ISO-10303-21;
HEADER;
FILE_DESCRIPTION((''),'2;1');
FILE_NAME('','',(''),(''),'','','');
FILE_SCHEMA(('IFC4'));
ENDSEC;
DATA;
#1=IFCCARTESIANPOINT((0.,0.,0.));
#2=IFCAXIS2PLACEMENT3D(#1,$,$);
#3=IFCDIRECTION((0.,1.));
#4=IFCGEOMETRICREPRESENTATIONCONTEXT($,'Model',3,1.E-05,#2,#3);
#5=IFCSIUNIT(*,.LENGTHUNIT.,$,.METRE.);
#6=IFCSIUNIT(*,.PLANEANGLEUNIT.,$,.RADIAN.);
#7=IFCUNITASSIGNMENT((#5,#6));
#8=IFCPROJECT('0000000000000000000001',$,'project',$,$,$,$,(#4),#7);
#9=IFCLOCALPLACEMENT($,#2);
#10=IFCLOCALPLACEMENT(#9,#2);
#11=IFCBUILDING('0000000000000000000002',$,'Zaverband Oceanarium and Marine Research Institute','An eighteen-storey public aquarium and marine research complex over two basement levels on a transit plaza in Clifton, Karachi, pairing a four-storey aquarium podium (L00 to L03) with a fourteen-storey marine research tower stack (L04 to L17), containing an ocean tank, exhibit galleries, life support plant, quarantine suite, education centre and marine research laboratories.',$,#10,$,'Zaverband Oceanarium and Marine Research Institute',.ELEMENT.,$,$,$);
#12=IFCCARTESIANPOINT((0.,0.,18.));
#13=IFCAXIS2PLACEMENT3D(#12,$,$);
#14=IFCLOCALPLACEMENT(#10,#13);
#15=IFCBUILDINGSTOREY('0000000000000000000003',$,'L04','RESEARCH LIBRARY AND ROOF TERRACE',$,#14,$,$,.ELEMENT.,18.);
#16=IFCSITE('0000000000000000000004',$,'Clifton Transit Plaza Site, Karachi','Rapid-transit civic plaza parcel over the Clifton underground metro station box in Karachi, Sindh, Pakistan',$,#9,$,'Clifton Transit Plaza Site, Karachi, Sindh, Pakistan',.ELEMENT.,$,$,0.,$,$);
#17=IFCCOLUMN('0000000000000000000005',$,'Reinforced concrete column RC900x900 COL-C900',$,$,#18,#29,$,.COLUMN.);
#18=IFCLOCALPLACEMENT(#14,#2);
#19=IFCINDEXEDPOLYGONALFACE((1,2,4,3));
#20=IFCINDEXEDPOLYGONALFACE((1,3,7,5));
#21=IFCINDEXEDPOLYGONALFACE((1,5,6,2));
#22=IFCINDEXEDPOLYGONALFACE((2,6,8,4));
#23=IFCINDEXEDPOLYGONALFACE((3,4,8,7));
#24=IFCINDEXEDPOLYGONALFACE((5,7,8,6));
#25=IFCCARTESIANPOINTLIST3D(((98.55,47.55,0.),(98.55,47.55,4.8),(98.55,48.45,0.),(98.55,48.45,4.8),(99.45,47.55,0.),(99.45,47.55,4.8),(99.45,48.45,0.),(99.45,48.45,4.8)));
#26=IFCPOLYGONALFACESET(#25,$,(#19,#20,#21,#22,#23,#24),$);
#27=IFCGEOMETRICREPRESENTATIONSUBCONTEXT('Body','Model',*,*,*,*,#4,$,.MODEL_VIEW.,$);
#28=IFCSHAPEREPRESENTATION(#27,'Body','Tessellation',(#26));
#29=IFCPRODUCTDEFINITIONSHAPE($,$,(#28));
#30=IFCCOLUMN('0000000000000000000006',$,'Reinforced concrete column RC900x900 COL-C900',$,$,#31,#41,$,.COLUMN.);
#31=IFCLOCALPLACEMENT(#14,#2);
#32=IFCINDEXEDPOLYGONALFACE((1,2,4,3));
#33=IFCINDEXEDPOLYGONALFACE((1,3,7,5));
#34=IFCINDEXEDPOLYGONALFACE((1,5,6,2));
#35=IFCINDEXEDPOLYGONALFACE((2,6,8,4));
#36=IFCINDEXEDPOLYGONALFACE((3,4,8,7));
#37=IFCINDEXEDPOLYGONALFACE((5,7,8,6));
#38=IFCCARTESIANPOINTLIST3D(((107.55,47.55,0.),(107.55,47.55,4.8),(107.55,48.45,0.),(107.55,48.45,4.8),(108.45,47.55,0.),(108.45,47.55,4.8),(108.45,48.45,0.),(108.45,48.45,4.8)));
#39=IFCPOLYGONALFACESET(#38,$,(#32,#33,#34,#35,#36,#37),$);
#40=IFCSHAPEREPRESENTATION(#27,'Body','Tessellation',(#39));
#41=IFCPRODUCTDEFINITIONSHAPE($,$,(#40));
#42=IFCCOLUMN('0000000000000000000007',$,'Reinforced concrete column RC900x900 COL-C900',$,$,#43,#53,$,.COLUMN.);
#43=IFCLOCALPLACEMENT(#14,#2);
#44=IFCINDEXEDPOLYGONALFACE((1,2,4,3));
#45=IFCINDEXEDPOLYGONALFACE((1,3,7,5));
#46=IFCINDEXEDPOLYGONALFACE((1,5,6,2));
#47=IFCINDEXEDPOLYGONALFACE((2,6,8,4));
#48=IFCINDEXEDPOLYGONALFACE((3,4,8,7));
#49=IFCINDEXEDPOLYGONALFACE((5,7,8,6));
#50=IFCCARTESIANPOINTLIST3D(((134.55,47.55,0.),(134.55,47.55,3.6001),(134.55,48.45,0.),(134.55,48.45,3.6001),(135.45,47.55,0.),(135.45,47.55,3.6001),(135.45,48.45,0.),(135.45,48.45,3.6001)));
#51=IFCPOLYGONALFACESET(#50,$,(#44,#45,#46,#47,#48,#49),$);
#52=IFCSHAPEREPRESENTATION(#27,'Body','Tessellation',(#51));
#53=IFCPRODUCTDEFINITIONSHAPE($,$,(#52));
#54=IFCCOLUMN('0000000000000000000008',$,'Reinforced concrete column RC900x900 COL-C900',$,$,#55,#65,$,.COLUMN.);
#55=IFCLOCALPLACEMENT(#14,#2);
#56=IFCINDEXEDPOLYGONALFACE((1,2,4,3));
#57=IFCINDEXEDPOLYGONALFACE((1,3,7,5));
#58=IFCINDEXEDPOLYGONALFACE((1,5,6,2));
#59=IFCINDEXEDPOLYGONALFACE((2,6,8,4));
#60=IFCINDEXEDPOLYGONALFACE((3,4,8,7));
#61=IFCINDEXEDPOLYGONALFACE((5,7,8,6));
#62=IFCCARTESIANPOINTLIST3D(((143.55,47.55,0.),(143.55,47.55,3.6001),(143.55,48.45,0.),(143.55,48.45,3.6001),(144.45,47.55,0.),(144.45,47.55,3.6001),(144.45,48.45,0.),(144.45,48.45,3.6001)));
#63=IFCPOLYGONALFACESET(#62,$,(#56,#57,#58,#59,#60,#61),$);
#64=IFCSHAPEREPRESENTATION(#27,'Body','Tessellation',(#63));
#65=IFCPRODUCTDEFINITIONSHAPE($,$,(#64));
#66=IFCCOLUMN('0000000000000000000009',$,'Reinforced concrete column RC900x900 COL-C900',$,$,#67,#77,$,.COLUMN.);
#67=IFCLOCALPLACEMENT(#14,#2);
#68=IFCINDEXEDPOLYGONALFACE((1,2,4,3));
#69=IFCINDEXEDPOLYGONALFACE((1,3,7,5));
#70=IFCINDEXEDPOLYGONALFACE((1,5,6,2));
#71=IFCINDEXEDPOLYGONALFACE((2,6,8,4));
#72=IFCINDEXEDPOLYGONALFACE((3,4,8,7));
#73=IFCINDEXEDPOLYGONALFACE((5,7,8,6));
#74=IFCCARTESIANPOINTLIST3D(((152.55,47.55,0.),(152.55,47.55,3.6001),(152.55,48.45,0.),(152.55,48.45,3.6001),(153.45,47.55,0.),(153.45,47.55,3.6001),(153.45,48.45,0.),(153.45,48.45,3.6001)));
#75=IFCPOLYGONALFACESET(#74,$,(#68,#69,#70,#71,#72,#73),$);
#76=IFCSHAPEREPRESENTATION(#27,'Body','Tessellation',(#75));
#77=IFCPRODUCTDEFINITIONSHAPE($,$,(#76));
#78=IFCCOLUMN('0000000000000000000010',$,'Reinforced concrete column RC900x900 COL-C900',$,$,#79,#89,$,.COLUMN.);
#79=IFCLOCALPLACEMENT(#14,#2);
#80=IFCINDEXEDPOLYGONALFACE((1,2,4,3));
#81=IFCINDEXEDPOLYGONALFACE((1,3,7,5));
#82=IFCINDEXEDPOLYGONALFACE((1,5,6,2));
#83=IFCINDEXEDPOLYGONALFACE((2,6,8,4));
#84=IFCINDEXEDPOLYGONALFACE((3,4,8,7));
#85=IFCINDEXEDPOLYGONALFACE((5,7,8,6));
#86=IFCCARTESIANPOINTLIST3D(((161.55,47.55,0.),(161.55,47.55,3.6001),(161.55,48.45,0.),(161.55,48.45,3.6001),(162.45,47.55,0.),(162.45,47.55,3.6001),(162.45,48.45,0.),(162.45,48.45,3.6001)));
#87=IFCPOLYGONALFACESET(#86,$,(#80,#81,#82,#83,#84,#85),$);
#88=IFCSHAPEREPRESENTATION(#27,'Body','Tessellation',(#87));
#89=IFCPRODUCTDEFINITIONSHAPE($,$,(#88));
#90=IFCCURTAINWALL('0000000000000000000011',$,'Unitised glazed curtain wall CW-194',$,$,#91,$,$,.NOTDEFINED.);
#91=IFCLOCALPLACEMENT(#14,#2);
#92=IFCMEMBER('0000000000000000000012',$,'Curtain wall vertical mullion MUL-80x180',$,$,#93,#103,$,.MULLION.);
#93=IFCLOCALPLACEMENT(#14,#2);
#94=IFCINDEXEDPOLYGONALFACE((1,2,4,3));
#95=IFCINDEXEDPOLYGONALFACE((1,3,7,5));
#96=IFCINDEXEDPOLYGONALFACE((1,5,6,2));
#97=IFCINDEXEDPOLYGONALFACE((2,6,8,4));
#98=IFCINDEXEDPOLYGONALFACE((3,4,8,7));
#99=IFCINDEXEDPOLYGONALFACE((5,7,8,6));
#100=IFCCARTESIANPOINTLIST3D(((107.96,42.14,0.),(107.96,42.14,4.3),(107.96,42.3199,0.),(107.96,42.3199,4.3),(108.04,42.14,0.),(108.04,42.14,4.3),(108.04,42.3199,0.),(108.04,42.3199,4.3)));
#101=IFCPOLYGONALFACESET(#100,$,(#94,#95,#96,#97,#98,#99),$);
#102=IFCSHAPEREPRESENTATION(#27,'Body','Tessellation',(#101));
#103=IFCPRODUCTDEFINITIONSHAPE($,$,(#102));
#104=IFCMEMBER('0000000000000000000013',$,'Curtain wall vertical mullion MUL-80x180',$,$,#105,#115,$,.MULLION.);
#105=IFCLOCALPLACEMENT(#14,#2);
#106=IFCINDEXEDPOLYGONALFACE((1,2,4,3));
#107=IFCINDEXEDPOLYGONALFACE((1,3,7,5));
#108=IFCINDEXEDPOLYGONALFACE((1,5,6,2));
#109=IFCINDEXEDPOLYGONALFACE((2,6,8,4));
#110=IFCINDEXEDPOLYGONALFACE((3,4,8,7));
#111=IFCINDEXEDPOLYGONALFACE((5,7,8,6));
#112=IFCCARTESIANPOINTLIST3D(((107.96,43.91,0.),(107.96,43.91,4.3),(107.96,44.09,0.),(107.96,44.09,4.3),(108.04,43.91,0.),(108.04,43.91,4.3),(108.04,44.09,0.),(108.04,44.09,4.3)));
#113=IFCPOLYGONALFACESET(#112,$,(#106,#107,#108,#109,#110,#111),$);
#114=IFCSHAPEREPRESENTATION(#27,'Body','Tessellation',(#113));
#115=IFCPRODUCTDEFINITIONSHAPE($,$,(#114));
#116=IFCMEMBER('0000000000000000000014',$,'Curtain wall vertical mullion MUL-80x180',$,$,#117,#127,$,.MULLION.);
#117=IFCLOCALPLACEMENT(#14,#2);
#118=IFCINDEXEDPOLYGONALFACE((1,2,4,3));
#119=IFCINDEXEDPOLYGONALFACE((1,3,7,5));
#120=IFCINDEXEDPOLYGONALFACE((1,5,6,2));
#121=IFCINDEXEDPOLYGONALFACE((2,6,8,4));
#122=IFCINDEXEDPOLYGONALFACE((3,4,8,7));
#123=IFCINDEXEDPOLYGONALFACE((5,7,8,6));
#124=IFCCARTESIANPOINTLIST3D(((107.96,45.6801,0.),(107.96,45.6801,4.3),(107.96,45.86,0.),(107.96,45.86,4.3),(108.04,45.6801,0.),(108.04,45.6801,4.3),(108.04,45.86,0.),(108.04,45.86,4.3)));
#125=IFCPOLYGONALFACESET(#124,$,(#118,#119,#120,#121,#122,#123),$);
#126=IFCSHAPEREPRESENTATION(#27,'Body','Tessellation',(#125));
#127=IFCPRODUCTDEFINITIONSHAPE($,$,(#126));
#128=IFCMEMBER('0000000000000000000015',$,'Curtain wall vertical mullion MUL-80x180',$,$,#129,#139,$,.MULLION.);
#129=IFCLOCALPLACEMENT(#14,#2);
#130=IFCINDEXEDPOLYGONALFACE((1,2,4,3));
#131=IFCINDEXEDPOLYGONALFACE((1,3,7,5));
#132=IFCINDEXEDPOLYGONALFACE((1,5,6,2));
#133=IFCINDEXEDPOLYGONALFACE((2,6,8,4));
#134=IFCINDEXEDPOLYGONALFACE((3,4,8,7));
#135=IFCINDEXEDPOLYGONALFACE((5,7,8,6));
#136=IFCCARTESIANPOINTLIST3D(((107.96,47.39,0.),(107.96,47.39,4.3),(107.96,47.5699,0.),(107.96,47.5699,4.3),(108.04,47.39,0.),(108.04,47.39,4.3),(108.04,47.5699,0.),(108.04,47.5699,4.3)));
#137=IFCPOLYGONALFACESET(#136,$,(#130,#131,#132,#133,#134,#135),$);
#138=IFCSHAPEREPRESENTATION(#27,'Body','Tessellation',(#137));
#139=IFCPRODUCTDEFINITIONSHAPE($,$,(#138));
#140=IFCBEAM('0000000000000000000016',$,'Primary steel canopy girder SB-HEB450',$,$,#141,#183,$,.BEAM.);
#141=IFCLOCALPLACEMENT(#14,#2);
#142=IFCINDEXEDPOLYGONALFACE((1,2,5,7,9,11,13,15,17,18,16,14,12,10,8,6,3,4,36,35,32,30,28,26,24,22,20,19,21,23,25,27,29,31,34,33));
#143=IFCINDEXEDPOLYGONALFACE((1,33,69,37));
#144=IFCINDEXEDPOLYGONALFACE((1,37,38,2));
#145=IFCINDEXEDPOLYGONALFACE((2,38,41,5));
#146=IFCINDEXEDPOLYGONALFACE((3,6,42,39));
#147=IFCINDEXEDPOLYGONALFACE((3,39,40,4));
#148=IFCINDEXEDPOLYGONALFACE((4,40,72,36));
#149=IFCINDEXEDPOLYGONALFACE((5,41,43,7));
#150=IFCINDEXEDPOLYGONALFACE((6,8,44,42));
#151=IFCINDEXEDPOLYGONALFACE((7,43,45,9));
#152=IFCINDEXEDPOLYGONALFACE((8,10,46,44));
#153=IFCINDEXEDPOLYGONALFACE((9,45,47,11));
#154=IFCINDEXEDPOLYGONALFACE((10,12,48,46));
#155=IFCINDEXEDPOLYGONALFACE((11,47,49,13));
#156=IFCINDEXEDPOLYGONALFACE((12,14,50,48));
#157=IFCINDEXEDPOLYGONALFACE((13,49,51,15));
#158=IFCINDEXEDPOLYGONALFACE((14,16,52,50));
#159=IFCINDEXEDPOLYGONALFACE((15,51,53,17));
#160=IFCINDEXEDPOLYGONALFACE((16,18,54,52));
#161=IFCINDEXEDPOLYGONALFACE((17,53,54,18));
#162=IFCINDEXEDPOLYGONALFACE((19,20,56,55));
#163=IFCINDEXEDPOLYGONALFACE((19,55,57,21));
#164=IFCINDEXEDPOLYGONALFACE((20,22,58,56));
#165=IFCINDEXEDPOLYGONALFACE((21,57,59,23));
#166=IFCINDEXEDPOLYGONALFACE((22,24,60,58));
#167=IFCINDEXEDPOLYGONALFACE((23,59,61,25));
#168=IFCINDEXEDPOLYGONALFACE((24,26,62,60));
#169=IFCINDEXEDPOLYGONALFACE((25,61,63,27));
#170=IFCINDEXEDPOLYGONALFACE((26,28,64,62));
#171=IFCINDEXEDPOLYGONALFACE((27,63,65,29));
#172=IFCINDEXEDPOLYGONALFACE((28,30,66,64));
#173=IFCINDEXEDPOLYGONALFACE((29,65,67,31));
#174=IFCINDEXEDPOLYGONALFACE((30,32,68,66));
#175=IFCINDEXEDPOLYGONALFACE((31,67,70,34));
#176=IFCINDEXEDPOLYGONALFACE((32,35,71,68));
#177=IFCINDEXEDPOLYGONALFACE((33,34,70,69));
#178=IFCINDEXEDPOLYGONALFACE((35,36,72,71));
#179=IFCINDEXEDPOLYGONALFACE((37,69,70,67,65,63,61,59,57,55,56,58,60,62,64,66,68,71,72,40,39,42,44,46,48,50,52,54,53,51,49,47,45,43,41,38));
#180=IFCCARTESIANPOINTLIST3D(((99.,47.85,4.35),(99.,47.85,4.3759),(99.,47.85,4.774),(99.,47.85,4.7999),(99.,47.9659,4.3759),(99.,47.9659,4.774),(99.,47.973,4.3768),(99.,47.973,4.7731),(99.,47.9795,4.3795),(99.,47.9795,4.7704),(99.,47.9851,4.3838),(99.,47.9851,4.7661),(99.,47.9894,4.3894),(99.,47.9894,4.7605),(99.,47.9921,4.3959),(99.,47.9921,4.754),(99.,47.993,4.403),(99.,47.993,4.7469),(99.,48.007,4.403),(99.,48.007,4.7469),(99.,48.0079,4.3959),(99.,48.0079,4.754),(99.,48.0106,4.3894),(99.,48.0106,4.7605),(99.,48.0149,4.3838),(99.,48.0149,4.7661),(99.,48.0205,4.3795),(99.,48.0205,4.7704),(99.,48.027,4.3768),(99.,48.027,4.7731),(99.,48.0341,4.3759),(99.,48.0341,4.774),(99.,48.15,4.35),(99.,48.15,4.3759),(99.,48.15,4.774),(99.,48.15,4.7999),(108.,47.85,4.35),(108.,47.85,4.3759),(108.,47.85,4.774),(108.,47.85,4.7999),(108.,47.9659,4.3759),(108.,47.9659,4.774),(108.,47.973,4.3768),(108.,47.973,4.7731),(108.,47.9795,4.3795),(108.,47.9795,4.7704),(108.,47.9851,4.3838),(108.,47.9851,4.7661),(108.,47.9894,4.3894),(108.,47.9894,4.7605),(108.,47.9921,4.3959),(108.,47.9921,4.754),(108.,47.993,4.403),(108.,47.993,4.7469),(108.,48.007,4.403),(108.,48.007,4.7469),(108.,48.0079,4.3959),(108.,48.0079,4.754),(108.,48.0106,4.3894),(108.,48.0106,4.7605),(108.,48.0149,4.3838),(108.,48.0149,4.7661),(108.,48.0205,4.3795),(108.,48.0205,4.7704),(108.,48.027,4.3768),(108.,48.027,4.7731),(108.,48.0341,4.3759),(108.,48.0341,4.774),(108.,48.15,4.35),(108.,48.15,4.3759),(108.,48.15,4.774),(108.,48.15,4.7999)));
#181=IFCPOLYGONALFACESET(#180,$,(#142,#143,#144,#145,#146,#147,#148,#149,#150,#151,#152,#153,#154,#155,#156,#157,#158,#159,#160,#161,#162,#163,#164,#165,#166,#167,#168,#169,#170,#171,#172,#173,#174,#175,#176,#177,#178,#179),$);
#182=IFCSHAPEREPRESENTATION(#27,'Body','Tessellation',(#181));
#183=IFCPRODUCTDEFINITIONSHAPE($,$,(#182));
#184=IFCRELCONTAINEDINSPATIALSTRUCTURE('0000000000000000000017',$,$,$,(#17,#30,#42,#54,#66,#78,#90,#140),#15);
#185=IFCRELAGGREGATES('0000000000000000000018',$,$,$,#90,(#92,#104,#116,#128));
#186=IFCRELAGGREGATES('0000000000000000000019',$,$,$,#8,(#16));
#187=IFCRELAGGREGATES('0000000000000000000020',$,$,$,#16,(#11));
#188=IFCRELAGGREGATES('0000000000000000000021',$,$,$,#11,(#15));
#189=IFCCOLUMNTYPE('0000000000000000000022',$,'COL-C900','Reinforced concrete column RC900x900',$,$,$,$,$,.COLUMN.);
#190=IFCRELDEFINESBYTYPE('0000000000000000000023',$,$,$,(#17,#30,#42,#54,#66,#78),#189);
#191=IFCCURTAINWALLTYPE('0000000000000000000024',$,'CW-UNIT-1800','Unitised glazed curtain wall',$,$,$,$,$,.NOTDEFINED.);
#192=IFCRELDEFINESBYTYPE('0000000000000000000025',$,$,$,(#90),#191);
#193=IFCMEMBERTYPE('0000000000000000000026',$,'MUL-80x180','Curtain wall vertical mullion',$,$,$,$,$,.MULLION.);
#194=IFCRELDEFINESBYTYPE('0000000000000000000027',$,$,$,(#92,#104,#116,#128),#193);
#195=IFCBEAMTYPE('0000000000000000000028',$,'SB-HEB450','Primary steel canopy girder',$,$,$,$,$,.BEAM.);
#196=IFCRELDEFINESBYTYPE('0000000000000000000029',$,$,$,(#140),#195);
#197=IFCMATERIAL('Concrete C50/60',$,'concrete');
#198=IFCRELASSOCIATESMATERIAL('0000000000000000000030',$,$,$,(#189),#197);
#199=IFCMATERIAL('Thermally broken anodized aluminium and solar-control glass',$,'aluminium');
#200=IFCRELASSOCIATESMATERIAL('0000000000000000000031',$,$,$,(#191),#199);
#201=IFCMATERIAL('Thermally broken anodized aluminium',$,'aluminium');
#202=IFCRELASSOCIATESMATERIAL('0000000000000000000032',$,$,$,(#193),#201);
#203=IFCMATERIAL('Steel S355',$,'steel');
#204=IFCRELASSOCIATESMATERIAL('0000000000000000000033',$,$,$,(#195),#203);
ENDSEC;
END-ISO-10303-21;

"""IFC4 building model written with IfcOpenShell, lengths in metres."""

from ifc_helpers import new_model, si_unit, direction, frame, origin, origin_2d, place, context, subcontext, project, spatial, rectangle, i_section, extrude, material, material_profile, profile_set, type_object, element, aggregate, save


model = new_model("IFC4")

# Units and contexts
model_context = context("Model", 3, precision=1e-05, world=origin(), true_north=direction((0.0, 1.0)))
body_context = subcontext(model_context, "Body", "Model", "MODEL_VIEW")
ifc_project = project(units=[si_unit("LENGTHUNIT", "METRE"), si_unit("PLANEANGLEUNIT", "RADIAN")], contexts=[model_context])

# Site, building, storey
site_placement = place(None, origin())
site = spatial("IfcSite", under=ifc_project, at=site_placement, Name="Clifton Transit Plaza Site, Karachi", Description="Rapid-transit civic plaza parcel over the Clifton underground metro station box in Karachi, Sindh, Pakistan", LongName="Clifton Transit Plaza Site, Karachi, Sindh, Pakistan", CompositionType="ELEMENT", RefElevation=0.0)
building_placement = place(site_placement, origin())
building = spatial("IfcBuilding", under=site, at=building_placement, Name="Zaverband Oceanarium and Marine Research Institute", Description="An eighteen-storey public aquarium and marine research complex over two basement levels on a transit plaza in Clifton, Karachi, pairing a four-storey aquarium podium (L00 to L03) with a fourteen-storey marine research tower stack (L04 to L17), containing an ocean tank, exhibit galleries, life support plant, quarantine suite, education centre and marine research laboratories.", LongName="Zaverband Oceanarium and Marine Research Institute", CompositionType="ELEMENT")
storey_placement = place(building_placement, frame((0.0, 0.0, 18.0)))
storey = spatial("IfcBuildingStorey", under=building, at=storey_placement, Name="L04", Description="RESEARCH LIBRARY AND ROOF TERRACE", CompositionType="ELEMENT", Elevation=18.0)

# Columns
ifc_material_1 = material(Name="Concrete C50/60", Category="concrete")
ifc_material_profile_1 = material_profile(ifc_material_1, rectangle(XDim=0.8999, YDim=0.8999, at=origin_2d()), Name="RC900x900")
ifc_profile_set_1 = profile_set([ifc_material_profile_1], Name="Concrete C50/60")
column_type = type_object("IfcColumnType", Name="COL-C900", Description="Reinforced concrete column RC900x900", PredefinedType="COLUMN", material=ifc_profile_set_1)
for number, where, z_axis, x_axis, name in (
    (1, (99.0, 48.0, 0.0), (0.0, 0.0, 1.0), (1.0, 0.0, 0.0), "Reinforced concrete column RC900x900 COL-C900"),
    (2, (108.0, 48.0, 0.0), (0.0, 0.0, 1.0), (1.0, 0.0, 0.0), "Reinforced concrete column RC900x900 COL-C900"),
):
    element("IfcColumn", number, at=place(storey_placement, frame(where, z_axis=z_axis, x_axis=x_axis)), inside=storey, type_object=column_type, Name=name, PredefinedType="COLUMN", context=body_context, shape_type="SweptSolid", body=[
        extrude(rectangle(XDim=0.8999, YDim=0.8999, at=origin_2d()), origin(), (0.0, 0.0, 1.0), 4.8),
    ])
for number, where, z_axis, x_axis, name in (
    (3, (135.0, 48.0, 0.0), (0.0, 0.0, 1.0), (1.0, 0.0, 0.0), "Reinforced concrete column RC900x900 COL-C900"),
    (4, (144.0, 48.0, 0.0), (0.0, 0.0, 1.0), (1.0, 0.0, 0.0), "Reinforced concrete column RC900x900 COL-C900"),
    (5, (153.0, 48.0, 0.0), (0.0, 0.0, 1.0), (1.0, 0.0, 0.0), "Reinforced concrete column RC900x900 COL-C900"),
    (6, (162.0, 48.0, 0.0), (0.0, 0.0, 1.0), (1.0, 0.0, 0.0), "Reinforced concrete column RC900x900 COL-C900"),
):
    element("IfcColumn", number, at=place(storey_placement, frame(where, z_axis=z_axis, x_axis=x_axis)), inside=storey, type_object=column_type, Name=name, PredefinedType="COLUMN", context=body_context, shape_type="SweptSolid", body=[
        extrude(rectangle(XDim=0.8999, YDim=0.8999, at=origin_2d()), origin(), (0.0, 0.0, 1.0), 3.6001),
    ])

# Curtain wall, members
ifc_material_2 = material(Name="Thermally broken anodized aluminium and solar-control glass", Category="aluminium")
curtain_wall_type = type_object("IfcCurtainWallType", Name="CW-UNIT-1800", Description="Unitised glazed curtain wall", PredefinedType="NOTDEFINED", material=ifc_material_2)
curtain_wall_placement = place(storey_placement, origin())
curtain_wall = element("IfcCurtainWall", 7, at=curtain_wall_placement, inside=storey, type_object=curtain_wall_type, Name="Unitised glazed curtain wall CW-194", PredefinedType="NOTDEFINED")
ifc_material_3 = material(Name="Thermally broken anodized aluminium", Category="aluminium")
ifc_material_profile_2 = material_profile(ifc_material_3, rectangle(XDim=0.0801, YDim=0.1799, at=origin_2d()), Name="AL-MUL-80x180")
ifc_profile_set_2 = profile_set([ifc_material_profile_2], Name="Thermally broken anodized aluminium")
member_type = type_object("IfcMemberType", Name="MUL-80x180", Description="Curtain wall vertical mullion", PredefinedType="MULLION", material=ifc_profile_set_2)
member_1_placement = place(storey_placement, frame((108.0, 42.23, 0.0), z_axis=(0.0, 0.0, 1.0), x_axis=(1.0, 0.0, 0.0)))
member_1 = element("IfcMember", 8, at=member_1_placement, type_object=member_type, Name="Curtain wall vertical mullion MUL-80x180", PredefinedType="MULLION", context=body_context, shape_type="SweptSolid", body=[
    extrude(rectangle(XDim=0.0801, YDim=0.1799, at=origin_2d()), origin(), (0.0, 0.0, 1.0), 4.3),
])
member_2_placement = place(storey_placement, frame((108.0, 44.0, 0.0), z_axis=(0.0, 0.0, 1.0), x_axis=(1.0, 0.0, 0.0)))
member_2 = element("IfcMember", 9, at=member_2_placement, type_object=member_type, Name="Curtain wall vertical mullion MUL-80x180", PredefinedType="MULLION", context=body_context, shape_type="SweptSolid", body=[
    extrude(rectangle(XDim=0.0801, YDim=0.1799, at=origin_2d()), origin(), (0.0, 0.0, 1.0), 4.3),
])
member_3_placement = place(storey_placement, frame((108.0, 45.77, 0.0), z_axis=(0.0, 0.0, 1.0), x_axis=(1.0, 0.0, 0.0)))
member_3 = element("IfcMember", 10, at=member_3_placement, type_object=member_type, Name="Curtain wall vertical mullion MUL-80x180", PredefinedType="MULLION", context=body_context, shape_type="SweptSolid", body=[
    extrude(rectangle(XDim=0.0801, YDim=0.1799, at=origin_2d()), origin(), (0.0, 0.0, 1.0), 4.3),
])
member_4_placement = place(storey_placement, frame((108.0, 47.48, 0.0), z_axis=(0.0, 0.0, 1.0), x_axis=(1.0, 0.0, 0.0)))
member_4 = element("IfcMember", 11, at=member_4_placement, type_object=member_type, Name="Curtain wall vertical mullion MUL-80x180", PredefinedType="MULLION", context=body_context, shape_type="SweptSolid", body=[
    extrude(rectangle(XDim=0.0801, YDim=0.1799, at=origin_2d()), origin(), (0.0, 0.0, 1.0), 4.3),
])

# Beam
ifc_material_4 = material(Name="Steel S355", Category="steel")
ifc_material_profile_3 = material_profile(ifc_material_4, i_section(OverallWidth=0.3, OverallDepth=0.45, WebThickness=0.0139, FlangeThickness=0.0259, FilletRadius=0.0271, at=origin_2d()), Name="HEB450")
ifc_profile_set_3 = profile_set([ifc_material_profile_3], Name="Steel S355")
beam_type = type_object("IfcBeamType", Name="SB-HEB450", Description="Primary steel canopy girder", PredefinedType="BEAM", material=ifc_profile_set_3)
for number, where, z_axis, x_axis, name in (
    (12, (99.0, 48.0, 4.575), (1.0, 0.0, 0.0), (0.0, 1.0, 0.0), "Primary steel canopy girder SB-HEB450"),
):
    element("IfcBeam", number, at=place(storey_placement, frame(where, z_axis=z_axis, x_axis=x_axis)), inside=storey, type_object=beam_type, Name=name, PredefinedType="BEAM", context=body_context, shape_type="SweptSolid", body=[
        extrude(i_section(OverallWidth=0.3, OverallDepth=0.45, WebThickness=0.0139, FlangeThickness=0.0259, FilletRadius=0.0271, at=origin_2d()), origin(), (0.0, 0.0, 1.0), 9.0),
    ])

aggregate(curtain_wall, [member_1, member_2, member_3, member_4])

save(model, "model.ifc")
